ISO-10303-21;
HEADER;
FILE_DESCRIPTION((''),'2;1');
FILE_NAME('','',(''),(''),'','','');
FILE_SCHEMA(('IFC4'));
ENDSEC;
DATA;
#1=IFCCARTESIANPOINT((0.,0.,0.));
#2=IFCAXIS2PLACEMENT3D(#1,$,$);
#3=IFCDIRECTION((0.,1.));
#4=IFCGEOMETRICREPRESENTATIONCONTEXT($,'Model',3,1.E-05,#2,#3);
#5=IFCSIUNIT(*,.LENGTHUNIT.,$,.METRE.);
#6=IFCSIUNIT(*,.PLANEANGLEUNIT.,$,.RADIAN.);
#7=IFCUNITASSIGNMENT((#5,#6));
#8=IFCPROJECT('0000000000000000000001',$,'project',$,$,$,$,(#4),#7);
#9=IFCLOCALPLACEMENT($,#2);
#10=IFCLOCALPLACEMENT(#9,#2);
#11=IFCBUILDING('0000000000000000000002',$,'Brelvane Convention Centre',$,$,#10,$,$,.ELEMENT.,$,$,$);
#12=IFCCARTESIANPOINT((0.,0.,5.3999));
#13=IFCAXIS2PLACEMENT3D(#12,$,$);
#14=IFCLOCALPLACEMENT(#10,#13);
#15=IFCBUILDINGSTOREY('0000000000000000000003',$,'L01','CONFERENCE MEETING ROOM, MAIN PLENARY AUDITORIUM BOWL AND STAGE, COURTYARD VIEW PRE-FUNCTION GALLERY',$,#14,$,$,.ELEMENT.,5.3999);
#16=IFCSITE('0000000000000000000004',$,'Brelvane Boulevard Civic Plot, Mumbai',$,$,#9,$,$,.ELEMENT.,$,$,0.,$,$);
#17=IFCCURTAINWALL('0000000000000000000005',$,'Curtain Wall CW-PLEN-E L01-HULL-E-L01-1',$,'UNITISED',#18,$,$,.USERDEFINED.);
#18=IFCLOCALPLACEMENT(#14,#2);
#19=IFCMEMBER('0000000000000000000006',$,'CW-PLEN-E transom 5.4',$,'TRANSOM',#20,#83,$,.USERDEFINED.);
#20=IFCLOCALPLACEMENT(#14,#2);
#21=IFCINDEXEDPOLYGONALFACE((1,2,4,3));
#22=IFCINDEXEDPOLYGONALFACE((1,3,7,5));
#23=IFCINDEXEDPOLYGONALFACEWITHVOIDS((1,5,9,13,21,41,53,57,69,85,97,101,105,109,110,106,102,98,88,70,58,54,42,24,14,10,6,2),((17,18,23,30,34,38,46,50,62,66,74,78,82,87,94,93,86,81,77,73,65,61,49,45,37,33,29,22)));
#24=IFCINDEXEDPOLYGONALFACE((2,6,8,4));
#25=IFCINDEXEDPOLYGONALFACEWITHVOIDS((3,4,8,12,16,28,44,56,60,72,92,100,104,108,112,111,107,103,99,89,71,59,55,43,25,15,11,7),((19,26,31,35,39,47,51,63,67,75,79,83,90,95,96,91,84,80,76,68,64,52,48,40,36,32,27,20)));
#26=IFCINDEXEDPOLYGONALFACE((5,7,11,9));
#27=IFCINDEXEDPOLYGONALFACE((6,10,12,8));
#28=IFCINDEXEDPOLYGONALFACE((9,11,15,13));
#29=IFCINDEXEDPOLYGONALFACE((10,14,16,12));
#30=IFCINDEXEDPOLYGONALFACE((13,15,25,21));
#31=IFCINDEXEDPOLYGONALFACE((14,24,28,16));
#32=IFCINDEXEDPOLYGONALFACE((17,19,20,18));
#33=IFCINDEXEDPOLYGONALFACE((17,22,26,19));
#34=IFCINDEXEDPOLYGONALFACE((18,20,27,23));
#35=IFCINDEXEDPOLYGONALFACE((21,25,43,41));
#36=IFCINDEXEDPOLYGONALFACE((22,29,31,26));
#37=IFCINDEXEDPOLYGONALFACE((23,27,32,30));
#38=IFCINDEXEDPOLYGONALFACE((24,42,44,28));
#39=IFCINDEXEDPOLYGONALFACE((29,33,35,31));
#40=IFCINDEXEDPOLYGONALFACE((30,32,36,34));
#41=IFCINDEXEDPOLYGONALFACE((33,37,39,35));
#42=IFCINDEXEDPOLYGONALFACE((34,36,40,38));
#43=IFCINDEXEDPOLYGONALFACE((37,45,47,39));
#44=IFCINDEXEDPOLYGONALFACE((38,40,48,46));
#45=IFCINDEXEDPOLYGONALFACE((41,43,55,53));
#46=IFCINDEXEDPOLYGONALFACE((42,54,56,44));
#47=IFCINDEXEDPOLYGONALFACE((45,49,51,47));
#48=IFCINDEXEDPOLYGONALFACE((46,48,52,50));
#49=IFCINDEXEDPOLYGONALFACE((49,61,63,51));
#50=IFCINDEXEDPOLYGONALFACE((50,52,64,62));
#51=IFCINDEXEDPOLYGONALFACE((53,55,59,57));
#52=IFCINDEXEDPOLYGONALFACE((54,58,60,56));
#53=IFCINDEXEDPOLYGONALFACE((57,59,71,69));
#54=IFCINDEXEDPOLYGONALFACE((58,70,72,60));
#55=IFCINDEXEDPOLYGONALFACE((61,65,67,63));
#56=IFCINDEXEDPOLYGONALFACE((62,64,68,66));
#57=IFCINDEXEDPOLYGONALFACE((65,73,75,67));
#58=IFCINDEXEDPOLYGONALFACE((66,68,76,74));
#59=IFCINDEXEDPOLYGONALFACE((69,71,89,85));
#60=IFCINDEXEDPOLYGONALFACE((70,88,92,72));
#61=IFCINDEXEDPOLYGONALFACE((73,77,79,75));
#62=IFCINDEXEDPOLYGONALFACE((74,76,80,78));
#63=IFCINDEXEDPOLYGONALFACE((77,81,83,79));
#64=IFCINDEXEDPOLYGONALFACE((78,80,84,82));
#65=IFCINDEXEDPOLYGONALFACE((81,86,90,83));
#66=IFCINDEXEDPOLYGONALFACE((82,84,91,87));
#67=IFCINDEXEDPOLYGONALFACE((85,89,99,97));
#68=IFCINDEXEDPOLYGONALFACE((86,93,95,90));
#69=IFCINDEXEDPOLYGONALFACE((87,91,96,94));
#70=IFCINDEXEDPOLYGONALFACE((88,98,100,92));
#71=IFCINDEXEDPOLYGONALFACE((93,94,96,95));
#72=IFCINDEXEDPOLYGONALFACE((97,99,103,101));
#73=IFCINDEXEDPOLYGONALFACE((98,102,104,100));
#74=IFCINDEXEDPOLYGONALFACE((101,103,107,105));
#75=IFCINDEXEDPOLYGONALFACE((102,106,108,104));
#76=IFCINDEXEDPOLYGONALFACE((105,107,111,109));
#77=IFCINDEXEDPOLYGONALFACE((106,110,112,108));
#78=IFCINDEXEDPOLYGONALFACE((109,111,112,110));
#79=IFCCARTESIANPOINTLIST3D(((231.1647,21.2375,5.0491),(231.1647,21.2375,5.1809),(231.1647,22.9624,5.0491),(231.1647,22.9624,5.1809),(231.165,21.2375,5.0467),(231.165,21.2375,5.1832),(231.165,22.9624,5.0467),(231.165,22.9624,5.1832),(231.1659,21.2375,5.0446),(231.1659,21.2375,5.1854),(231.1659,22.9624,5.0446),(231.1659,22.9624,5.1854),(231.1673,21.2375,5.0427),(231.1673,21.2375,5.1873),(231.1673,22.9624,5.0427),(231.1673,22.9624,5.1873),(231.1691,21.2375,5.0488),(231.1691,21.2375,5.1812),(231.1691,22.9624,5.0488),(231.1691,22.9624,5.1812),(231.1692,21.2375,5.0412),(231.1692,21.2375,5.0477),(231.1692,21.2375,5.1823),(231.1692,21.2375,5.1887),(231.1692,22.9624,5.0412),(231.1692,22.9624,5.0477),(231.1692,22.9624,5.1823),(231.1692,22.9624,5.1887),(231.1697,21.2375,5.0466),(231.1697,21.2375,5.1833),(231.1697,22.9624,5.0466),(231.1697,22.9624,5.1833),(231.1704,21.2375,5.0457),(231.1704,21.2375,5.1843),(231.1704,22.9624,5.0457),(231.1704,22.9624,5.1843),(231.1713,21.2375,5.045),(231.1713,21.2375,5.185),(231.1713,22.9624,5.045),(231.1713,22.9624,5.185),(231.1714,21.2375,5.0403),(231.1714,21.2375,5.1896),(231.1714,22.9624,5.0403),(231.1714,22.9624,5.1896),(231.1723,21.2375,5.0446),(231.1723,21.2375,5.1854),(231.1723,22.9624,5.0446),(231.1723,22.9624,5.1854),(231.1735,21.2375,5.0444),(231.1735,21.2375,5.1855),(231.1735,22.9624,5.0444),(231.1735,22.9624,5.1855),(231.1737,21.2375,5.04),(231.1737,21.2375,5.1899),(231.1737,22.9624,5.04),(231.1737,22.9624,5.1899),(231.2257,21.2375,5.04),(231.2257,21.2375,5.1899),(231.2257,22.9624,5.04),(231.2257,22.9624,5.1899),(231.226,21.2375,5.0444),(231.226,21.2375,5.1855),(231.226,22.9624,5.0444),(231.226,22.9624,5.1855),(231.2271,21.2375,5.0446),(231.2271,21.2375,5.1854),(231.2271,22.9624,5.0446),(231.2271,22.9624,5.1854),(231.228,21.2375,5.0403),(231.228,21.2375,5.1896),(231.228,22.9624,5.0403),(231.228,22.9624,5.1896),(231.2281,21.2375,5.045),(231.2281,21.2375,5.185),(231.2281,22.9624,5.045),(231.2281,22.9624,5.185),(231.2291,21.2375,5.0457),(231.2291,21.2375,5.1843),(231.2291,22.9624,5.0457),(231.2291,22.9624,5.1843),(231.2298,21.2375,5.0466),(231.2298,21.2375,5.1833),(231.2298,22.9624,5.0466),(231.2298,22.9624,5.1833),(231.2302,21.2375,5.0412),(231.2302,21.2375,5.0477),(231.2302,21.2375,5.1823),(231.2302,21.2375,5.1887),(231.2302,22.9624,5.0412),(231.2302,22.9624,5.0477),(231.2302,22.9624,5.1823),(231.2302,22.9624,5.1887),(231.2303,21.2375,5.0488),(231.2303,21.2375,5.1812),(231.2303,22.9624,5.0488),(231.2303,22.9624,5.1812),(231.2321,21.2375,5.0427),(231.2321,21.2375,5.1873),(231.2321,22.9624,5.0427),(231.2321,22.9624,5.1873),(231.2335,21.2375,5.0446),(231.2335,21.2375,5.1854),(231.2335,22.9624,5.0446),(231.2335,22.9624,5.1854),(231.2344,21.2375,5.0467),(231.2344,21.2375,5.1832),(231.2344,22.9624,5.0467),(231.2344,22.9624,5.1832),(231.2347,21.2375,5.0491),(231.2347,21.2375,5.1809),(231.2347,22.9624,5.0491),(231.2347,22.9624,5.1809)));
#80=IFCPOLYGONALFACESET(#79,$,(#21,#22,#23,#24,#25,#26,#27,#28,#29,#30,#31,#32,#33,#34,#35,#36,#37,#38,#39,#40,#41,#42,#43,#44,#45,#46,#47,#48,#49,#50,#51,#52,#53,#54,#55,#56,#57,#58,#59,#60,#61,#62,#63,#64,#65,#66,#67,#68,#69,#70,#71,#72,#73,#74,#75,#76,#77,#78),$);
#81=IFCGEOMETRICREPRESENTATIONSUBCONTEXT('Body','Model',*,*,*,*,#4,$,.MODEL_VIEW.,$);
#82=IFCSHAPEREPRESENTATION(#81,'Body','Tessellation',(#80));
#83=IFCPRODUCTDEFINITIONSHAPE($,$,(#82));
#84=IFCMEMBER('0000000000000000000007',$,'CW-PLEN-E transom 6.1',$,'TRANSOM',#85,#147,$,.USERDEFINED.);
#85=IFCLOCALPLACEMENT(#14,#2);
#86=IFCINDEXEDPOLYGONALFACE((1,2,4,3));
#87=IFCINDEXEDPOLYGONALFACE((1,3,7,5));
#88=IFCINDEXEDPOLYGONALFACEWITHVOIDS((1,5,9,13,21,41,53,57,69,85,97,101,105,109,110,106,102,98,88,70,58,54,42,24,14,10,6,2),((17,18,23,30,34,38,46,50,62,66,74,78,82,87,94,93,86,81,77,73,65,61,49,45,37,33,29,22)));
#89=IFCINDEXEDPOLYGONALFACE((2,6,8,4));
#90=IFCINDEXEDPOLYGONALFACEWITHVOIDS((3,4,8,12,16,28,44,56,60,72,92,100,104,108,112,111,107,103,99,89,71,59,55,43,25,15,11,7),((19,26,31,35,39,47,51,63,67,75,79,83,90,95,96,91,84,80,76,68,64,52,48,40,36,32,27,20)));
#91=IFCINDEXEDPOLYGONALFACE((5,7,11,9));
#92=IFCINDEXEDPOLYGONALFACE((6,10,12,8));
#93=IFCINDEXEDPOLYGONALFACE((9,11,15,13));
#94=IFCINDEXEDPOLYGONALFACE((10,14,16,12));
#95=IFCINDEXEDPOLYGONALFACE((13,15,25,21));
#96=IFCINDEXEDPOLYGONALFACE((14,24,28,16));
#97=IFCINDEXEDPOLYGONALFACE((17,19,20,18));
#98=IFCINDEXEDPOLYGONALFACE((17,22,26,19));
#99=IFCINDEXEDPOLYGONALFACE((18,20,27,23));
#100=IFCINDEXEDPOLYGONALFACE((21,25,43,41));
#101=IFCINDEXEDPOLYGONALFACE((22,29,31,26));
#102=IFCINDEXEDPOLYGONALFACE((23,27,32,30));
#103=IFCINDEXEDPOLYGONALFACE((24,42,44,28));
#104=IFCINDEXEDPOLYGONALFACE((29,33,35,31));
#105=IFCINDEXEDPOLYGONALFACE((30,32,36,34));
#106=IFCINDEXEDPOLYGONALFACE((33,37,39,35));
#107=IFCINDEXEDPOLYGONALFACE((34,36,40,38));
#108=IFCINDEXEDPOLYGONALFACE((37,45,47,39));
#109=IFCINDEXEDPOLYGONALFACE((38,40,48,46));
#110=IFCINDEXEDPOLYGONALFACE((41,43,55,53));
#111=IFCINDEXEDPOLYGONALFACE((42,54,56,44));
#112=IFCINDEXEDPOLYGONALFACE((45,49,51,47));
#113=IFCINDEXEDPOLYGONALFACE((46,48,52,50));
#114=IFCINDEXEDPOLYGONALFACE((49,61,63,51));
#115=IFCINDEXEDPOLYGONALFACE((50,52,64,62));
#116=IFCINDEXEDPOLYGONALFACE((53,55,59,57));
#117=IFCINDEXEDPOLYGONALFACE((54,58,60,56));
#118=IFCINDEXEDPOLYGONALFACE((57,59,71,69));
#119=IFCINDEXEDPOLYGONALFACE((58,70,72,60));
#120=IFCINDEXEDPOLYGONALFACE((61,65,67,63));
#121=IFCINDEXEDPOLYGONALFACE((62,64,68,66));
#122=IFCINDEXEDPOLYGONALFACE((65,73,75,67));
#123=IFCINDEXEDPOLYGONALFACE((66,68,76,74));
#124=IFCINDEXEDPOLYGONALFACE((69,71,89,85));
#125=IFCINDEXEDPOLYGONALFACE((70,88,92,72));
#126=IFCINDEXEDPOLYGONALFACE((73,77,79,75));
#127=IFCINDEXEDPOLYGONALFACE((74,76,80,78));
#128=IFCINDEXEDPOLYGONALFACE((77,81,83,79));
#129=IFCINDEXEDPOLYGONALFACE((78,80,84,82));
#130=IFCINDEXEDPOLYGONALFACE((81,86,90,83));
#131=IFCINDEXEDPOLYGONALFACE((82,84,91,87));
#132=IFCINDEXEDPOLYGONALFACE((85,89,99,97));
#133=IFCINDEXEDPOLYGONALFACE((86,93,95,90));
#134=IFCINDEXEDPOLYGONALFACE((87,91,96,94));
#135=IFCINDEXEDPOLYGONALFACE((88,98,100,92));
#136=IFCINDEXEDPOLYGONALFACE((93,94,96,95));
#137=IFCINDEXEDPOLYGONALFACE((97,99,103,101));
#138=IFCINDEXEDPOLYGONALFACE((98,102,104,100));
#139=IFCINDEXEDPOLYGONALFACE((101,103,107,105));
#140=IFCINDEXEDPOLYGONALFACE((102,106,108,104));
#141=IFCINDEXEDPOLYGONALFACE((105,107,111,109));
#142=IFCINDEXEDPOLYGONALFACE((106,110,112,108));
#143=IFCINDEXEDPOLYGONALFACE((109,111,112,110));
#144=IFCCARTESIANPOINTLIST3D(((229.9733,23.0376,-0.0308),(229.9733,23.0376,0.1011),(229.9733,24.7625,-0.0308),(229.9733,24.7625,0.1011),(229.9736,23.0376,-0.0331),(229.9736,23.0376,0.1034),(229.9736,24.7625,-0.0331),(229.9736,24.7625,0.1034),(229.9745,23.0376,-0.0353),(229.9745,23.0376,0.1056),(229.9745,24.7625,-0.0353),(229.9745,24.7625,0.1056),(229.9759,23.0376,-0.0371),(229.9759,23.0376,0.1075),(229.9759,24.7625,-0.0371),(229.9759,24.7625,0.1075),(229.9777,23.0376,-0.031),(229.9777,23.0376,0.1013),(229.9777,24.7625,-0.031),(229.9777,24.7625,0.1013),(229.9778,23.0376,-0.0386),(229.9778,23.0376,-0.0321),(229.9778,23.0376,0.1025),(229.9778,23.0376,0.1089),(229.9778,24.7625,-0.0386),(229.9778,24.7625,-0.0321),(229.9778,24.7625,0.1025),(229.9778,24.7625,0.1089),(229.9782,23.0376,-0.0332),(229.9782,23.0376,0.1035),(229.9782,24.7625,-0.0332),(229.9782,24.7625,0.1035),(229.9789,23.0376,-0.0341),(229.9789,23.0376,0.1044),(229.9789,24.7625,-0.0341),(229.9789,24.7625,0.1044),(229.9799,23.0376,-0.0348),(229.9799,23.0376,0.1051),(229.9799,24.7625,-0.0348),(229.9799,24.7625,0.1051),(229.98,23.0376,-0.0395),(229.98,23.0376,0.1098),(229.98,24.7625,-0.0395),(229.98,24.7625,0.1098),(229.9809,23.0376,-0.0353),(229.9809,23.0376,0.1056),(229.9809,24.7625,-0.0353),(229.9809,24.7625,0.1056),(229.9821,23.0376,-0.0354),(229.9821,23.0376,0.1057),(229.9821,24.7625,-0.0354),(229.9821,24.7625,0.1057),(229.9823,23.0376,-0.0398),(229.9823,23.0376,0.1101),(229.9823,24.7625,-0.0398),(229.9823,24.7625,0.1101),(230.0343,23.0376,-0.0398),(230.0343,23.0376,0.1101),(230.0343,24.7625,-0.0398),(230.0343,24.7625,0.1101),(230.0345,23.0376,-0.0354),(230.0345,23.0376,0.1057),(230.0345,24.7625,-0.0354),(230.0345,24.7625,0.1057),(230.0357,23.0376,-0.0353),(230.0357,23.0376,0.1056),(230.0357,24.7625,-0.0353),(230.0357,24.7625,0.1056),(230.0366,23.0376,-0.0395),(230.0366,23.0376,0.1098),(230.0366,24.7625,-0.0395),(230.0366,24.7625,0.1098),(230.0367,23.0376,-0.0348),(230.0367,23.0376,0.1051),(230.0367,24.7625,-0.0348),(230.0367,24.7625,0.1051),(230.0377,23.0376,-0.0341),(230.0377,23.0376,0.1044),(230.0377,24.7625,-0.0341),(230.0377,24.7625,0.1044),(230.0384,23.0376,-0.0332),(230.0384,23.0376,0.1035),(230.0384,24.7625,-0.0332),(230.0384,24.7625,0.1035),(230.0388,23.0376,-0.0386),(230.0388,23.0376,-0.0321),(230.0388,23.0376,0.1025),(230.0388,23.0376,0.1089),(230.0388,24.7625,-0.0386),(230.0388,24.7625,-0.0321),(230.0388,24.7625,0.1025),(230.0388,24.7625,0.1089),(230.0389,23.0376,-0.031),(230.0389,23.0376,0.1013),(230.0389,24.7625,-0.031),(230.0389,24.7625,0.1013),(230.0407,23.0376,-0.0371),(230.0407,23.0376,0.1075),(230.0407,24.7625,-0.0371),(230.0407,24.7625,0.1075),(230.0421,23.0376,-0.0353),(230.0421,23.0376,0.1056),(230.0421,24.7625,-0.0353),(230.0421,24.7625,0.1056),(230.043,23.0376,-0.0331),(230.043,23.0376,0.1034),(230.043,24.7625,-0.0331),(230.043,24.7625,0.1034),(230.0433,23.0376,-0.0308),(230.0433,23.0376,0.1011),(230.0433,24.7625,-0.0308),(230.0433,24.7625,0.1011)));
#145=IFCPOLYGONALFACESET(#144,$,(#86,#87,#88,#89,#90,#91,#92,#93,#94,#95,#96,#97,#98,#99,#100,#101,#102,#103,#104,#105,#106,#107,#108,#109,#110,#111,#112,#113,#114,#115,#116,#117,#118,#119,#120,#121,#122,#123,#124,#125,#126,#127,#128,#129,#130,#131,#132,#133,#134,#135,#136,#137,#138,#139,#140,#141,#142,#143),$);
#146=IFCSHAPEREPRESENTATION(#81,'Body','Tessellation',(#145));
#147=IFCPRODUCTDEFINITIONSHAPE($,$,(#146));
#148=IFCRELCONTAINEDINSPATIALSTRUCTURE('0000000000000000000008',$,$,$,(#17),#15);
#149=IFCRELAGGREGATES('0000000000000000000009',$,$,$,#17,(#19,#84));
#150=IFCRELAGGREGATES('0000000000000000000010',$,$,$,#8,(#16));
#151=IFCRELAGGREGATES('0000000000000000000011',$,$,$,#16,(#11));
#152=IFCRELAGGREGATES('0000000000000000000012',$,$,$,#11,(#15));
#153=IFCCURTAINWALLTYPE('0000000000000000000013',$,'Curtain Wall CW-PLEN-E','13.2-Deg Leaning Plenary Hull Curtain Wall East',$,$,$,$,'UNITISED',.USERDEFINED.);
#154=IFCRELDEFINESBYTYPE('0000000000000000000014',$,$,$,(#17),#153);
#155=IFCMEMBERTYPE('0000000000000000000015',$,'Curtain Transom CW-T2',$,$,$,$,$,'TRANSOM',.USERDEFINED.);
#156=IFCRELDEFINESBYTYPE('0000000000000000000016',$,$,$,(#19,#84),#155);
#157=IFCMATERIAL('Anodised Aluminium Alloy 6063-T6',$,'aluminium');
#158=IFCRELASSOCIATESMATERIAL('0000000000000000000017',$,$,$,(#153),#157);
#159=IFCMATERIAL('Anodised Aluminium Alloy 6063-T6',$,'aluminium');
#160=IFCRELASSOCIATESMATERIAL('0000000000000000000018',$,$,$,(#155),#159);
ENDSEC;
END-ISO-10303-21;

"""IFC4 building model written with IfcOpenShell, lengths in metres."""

from ifc_helpers import new_model, si_unit, direction, frame, origin, origin_2d, place, context, subcontext, project, spatial, hollow_rectangle, extrude, material, material_profile, profile_set, type_object, element, aggregate, save


model = new_model("IFC4")

# Units and contexts
model_context = context("Model", 3, precision=1e-05, world=origin(), true_north=direction((0.0, 1.0)))
body_context = subcontext(model_context, "Body", "Model", "MODEL_VIEW")
ifc_project = project(units=[si_unit("LENGTHUNIT", "METRE"), si_unit("PLANEANGLEUNIT", "RADIAN")], contexts=[model_context])

# Site, building, storey
site_placement = place(None, origin())
site = spatial("IfcSite", under=ifc_project, at=site_placement, Name="Brelvane Boulevard Civic Plot, Mumbai", CompositionType="ELEMENT", RefElevation=0.0)
building_placement = place(site_placement, origin())
building = spatial("IfcBuilding", under=site, at=building_placement, Name="Brelvane Convention Centre", CompositionType="ELEMENT")
storey_placement = place(building_placement, frame((0.0, 0.0, 5.3999)))
storey = spatial("IfcBuildingStorey", under=building, at=storey_placement, Name="L01", Description="CONFERENCE MEETING ROOM, MAIN PLENARY AUDITORIUM BOWL AND STAGE, COURTYARD VIEW PRE-FUNCTION GALLERY", CompositionType="ELEMENT", Elevation=5.3999)

# Curtain wall, members
ifc_material_1 = material(Name="Anodised Aluminium Alloy 6063-T6", Category="aluminium")
curtain_wall_type = type_object("IfcCurtainWallType", Name="Curtain Wall CW-PLEN-E", Description="13.2-Deg Leaning Plenary Hull Curtain Wall East", ElementType="UNITISED", PredefinedType="USERDEFINED", material=ifc_material_1)
curtain_wall_placement = place(storey_placement, origin())
curtain_wall = element("IfcCurtainWall", 1, at=curtain_wall_placement, inside=storey, type_object=curtain_wall_type, Name="Curtain Wall CW-PLEN-E L01-HULL-E-L01-1", ObjectType="UNITISED", PredefinedType="USERDEFINED")
ifc_material_2 = material(Name="Anodised Aluminium Alloy 6063-T6", Category="aluminium")
ifc_material_profile_1 = material_profile(ifc_material_2, hollow_rectangle(XDim=0.0701, YDim=0.1499, WallThickness=0.0044, InnerFilletRadius=0.0044, OuterFilletRadius=0.009, at=origin_2d()), Name="ALU-T 150x70x4.5")
ifc_profile_set_1 = profile_set([ifc_material_profile_1], Name="Anodised Aluminium Alloy 6063-T6")
member_type_1 = type_object("IfcMemberType", Name="Curtain Transom CW-T2", ElementType="TRANSOM", PredefinedType="USERDEFINED", material=ifc_profile_set_1)
member_1_placement = place(storey_placement, frame((231.1997, 21.2375, 5.115), z_axis=(0.0, 1.0, 0.0), x_axis=(-1.0, 0.0, 0.0)))
member_1 = element("IfcMember", 2, at=member_1_placement, type_object=member_type_1, Name="CW-PLEN-E transom 5.4", ObjectType="TRANSOM", PredefinedType="USERDEFINED", context=body_context, shape_type="SweptSolid", body=[
    extrude(hollow_rectangle(XDim=0.0701, YDim=0.1499, WallThickness=0.0044, InnerFilletRadius=0.0044, OuterFilletRadius=0.009, at=origin_2d()), origin(), (0.0, 0.0, 1.0), 1.7249),
])
member_2_placement = place(storey_placement, frame((230.0083, 23.0376, 0.0352), z_axis=(0.0, 1.0, 0.0), x_axis=(-1.0, 0.0, 0.0)))
member_2 = element("IfcMember", 3, at=member_2_placement, type_object=member_type_1, Name="CW-PLEN-E transom 6.1", ObjectType="TRANSOM", PredefinedType="USERDEFINED", context=body_context, shape_type="SweptSolid", body=[
    extrude(hollow_rectangle(XDim=0.0701, YDim=0.1499, WallThickness=0.0044, InnerFilletRadius=0.0044, OuterFilletRadius=0.009, at=origin_2d()), origin(), (0.0, 0.0, 1.0), 1.7249),
])
aggregate(curtain_wall, [member_1, member_2])

save(model, "model.ifc")
